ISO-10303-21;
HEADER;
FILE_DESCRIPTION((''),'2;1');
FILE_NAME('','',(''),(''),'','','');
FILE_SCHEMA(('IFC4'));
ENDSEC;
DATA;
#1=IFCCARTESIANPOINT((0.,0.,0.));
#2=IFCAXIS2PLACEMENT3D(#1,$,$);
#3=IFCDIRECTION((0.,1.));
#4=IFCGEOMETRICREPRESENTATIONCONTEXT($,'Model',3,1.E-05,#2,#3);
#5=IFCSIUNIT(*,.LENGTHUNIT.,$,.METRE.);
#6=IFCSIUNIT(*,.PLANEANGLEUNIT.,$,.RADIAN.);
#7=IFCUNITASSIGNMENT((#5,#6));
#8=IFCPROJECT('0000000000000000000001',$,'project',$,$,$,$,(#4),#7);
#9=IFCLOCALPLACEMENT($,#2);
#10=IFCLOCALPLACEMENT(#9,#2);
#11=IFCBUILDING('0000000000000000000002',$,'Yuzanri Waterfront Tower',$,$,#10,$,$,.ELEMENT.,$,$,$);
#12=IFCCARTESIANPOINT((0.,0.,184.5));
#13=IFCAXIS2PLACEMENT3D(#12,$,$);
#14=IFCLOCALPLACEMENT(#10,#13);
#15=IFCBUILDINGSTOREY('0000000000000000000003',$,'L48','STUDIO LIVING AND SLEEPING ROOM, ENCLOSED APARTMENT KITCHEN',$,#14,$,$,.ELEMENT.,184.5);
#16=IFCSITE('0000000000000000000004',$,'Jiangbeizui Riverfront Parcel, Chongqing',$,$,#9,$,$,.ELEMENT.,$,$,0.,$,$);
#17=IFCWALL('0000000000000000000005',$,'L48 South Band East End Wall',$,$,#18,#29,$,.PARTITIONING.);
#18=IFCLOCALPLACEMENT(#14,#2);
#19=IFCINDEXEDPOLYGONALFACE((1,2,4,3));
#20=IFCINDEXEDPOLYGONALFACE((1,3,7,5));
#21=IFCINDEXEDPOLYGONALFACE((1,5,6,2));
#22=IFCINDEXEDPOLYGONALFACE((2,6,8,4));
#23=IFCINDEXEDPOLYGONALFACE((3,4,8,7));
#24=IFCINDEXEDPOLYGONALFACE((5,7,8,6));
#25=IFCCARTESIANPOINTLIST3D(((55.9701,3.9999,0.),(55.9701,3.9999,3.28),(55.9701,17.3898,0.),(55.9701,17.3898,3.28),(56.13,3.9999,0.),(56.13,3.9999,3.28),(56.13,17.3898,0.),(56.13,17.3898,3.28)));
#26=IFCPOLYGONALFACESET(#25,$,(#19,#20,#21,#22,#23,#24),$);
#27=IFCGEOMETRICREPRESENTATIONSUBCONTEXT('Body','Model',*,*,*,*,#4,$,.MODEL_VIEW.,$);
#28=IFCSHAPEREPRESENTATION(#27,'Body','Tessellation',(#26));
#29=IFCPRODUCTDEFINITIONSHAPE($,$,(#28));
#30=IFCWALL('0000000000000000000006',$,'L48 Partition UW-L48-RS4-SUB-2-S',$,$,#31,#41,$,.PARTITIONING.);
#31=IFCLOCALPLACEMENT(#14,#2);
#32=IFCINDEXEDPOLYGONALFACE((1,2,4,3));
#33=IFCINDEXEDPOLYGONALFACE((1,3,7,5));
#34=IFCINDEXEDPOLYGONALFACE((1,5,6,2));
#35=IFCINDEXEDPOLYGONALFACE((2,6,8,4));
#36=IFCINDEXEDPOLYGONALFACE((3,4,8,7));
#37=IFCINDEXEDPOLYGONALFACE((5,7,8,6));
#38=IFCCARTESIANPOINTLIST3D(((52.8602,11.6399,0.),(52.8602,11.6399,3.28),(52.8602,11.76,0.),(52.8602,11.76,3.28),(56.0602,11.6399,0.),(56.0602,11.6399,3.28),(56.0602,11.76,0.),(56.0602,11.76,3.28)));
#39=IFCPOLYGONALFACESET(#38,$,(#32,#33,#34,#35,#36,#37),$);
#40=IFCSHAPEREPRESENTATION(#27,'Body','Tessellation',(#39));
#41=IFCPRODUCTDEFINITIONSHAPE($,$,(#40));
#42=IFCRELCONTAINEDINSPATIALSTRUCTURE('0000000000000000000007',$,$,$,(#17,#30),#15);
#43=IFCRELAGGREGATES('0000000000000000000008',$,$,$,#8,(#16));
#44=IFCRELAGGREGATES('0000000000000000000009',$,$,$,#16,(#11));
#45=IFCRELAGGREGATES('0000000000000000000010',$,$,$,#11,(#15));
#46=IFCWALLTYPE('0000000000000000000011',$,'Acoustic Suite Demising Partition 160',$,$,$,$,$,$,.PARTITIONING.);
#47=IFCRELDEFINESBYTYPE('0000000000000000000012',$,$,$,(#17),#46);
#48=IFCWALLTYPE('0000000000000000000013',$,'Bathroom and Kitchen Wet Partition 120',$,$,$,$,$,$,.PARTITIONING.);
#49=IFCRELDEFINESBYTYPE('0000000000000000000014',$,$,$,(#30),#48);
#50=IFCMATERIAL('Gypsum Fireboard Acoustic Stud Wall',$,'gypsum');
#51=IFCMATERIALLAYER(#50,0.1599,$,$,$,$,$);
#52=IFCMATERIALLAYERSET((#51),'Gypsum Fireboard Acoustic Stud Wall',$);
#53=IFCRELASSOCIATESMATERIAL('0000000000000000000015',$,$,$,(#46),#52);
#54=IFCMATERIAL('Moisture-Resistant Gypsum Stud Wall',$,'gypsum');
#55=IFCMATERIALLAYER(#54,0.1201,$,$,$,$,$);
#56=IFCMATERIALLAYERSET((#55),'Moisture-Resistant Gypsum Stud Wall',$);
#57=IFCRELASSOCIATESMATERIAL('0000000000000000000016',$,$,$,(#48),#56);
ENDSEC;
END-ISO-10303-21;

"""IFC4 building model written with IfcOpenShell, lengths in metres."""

from ifc_helpers import new_model, si_unit, direction, frame, frame_2d, origin, place, context, subcontext, project, spatial, rectangle, extrude, source, transform, mapped, material, layer, layer_set, type_object, element, save


model = new_model("IFC4")

# Units and contexts
model_context = context("Model", 3, precision=1e-05, world=origin(), true_north=direction((0.0, 1.0)))
body_context = subcontext(model_context, "Body", "Model", "MODEL_VIEW")
ifc_project = project(units=[si_unit("LENGTHUNIT", "METRE"), si_unit("PLANEANGLEUNIT", "RADIAN")], contexts=[model_context])

# Site, building, storey
site_placement = place(None, origin())
site = spatial("IfcSite", under=ifc_project, at=site_placement, Name="Jiangbeizui Riverfront Parcel, Chongqing", CompositionType="ELEMENT", RefElevation=0.0)
building_placement = place(site_placement, origin())
building = spatial("IfcBuilding", under=site, at=building_placement, Name="Yuzanri Waterfront Tower", CompositionType="ELEMENT")
storey_placement = place(building_placement, frame((0.0, 0.0, 184.5)))
storey = spatial("IfcBuildingStorey", under=building, at=storey_placement, Name="L48", Description="STUDIO LIVING AND SLEEPING ROOM, ENCLOSED APARTMENT KITCHEN", CompositionType="ELEMENT", Elevation=184.5)

# Walls
ifc_material_1 = material(Name="Gypsum Fireboard Acoustic Stud Wall", Category="gypsum")
ifc_layer_1 = layer(ifc_material_1, 0.1599)
ifc_layer_set_1 = layer_set([ifc_layer_1], Name="Gypsum Fireboard Acoustic Stud Wall")
wall_type_1 = type_object("IfcWallType", Name="Acoustic Suite Demising Partition 160", PredefinedType="PARTITIONING", material=ifc_layer_set_1)
shared_shape_1 = source(origin(), body_context, "Body", "SweptSolid", [
    extrude(rectangle(XDim=13.3899, YDim=0.1599, at=frame_2d((6.6948, 0.0))), origin(), (0.0, 0.0, 1.0), 3.28),
])
wall_1_placement = place(storey_placement, frame((56.05, 4.0, 0.0), z_axis=(0.0, 0.0, 1.0), x_axis=(0.0, 1.0, 0.0)))
element("IfcWall", 1, at=wall_1_placement, inside=storey, type_object=wall_type_1, Name="L48 South Band East End Wall", PredefinedType="PARTITIONING", context=body_context, shape_type="MappedRepresentation", body=[
    mapped(shared_shape_1, transform((0.0, 0.0, 0.0), scale=1.0)),
])
ifc_material_2 = material(Name="Moisture-Resistant Gypsum Stud Wall", Category="gypsum")
ifc_layer_2 = layer(ifc_material_2, 0.1201)
ifc_layer_set_2 = layer_set([ifc_layer_2], Name="Moisture-Resistant Gypsum Stud Wall")
wall_type_2 = type_object("IfcWallType", Name="Bathroom and Kitchen Wet Partition 120", PredefinedType="PARTITIONING", material=ifc_layer_set_2)
shared_shape_2 = source(origin(), body_context, "Body", "SweptSolid", [
    extrude(rectangle(XDim=3.2, YDim=0.1201, at=frame_2d((1.6001, 0.0))), origin(), (0.0, 0.0, 1.0), 3.28),
])
wall_2_placement = place(storey_placement, frame((52.8601, 11.7, 0.0), z_axis=(0.0, 0.0, 1.0), x_axis=(1.0, 0.0, 0.0)))
element("IfcWall", 2, at=wall_2_placement, inside=storey, type_object=wall_type_2, Name="L48 Partition UW-L48-RS4-SUB-2-S", PredefinedType="PARTITIONING", context=body_context, shape_type="MappedRepresentation", body=[
    mapped(shared_shape_2, transform((0.0, 0.0, 0.0), scale=1.0)),
])

save(model, "model.ifc")
